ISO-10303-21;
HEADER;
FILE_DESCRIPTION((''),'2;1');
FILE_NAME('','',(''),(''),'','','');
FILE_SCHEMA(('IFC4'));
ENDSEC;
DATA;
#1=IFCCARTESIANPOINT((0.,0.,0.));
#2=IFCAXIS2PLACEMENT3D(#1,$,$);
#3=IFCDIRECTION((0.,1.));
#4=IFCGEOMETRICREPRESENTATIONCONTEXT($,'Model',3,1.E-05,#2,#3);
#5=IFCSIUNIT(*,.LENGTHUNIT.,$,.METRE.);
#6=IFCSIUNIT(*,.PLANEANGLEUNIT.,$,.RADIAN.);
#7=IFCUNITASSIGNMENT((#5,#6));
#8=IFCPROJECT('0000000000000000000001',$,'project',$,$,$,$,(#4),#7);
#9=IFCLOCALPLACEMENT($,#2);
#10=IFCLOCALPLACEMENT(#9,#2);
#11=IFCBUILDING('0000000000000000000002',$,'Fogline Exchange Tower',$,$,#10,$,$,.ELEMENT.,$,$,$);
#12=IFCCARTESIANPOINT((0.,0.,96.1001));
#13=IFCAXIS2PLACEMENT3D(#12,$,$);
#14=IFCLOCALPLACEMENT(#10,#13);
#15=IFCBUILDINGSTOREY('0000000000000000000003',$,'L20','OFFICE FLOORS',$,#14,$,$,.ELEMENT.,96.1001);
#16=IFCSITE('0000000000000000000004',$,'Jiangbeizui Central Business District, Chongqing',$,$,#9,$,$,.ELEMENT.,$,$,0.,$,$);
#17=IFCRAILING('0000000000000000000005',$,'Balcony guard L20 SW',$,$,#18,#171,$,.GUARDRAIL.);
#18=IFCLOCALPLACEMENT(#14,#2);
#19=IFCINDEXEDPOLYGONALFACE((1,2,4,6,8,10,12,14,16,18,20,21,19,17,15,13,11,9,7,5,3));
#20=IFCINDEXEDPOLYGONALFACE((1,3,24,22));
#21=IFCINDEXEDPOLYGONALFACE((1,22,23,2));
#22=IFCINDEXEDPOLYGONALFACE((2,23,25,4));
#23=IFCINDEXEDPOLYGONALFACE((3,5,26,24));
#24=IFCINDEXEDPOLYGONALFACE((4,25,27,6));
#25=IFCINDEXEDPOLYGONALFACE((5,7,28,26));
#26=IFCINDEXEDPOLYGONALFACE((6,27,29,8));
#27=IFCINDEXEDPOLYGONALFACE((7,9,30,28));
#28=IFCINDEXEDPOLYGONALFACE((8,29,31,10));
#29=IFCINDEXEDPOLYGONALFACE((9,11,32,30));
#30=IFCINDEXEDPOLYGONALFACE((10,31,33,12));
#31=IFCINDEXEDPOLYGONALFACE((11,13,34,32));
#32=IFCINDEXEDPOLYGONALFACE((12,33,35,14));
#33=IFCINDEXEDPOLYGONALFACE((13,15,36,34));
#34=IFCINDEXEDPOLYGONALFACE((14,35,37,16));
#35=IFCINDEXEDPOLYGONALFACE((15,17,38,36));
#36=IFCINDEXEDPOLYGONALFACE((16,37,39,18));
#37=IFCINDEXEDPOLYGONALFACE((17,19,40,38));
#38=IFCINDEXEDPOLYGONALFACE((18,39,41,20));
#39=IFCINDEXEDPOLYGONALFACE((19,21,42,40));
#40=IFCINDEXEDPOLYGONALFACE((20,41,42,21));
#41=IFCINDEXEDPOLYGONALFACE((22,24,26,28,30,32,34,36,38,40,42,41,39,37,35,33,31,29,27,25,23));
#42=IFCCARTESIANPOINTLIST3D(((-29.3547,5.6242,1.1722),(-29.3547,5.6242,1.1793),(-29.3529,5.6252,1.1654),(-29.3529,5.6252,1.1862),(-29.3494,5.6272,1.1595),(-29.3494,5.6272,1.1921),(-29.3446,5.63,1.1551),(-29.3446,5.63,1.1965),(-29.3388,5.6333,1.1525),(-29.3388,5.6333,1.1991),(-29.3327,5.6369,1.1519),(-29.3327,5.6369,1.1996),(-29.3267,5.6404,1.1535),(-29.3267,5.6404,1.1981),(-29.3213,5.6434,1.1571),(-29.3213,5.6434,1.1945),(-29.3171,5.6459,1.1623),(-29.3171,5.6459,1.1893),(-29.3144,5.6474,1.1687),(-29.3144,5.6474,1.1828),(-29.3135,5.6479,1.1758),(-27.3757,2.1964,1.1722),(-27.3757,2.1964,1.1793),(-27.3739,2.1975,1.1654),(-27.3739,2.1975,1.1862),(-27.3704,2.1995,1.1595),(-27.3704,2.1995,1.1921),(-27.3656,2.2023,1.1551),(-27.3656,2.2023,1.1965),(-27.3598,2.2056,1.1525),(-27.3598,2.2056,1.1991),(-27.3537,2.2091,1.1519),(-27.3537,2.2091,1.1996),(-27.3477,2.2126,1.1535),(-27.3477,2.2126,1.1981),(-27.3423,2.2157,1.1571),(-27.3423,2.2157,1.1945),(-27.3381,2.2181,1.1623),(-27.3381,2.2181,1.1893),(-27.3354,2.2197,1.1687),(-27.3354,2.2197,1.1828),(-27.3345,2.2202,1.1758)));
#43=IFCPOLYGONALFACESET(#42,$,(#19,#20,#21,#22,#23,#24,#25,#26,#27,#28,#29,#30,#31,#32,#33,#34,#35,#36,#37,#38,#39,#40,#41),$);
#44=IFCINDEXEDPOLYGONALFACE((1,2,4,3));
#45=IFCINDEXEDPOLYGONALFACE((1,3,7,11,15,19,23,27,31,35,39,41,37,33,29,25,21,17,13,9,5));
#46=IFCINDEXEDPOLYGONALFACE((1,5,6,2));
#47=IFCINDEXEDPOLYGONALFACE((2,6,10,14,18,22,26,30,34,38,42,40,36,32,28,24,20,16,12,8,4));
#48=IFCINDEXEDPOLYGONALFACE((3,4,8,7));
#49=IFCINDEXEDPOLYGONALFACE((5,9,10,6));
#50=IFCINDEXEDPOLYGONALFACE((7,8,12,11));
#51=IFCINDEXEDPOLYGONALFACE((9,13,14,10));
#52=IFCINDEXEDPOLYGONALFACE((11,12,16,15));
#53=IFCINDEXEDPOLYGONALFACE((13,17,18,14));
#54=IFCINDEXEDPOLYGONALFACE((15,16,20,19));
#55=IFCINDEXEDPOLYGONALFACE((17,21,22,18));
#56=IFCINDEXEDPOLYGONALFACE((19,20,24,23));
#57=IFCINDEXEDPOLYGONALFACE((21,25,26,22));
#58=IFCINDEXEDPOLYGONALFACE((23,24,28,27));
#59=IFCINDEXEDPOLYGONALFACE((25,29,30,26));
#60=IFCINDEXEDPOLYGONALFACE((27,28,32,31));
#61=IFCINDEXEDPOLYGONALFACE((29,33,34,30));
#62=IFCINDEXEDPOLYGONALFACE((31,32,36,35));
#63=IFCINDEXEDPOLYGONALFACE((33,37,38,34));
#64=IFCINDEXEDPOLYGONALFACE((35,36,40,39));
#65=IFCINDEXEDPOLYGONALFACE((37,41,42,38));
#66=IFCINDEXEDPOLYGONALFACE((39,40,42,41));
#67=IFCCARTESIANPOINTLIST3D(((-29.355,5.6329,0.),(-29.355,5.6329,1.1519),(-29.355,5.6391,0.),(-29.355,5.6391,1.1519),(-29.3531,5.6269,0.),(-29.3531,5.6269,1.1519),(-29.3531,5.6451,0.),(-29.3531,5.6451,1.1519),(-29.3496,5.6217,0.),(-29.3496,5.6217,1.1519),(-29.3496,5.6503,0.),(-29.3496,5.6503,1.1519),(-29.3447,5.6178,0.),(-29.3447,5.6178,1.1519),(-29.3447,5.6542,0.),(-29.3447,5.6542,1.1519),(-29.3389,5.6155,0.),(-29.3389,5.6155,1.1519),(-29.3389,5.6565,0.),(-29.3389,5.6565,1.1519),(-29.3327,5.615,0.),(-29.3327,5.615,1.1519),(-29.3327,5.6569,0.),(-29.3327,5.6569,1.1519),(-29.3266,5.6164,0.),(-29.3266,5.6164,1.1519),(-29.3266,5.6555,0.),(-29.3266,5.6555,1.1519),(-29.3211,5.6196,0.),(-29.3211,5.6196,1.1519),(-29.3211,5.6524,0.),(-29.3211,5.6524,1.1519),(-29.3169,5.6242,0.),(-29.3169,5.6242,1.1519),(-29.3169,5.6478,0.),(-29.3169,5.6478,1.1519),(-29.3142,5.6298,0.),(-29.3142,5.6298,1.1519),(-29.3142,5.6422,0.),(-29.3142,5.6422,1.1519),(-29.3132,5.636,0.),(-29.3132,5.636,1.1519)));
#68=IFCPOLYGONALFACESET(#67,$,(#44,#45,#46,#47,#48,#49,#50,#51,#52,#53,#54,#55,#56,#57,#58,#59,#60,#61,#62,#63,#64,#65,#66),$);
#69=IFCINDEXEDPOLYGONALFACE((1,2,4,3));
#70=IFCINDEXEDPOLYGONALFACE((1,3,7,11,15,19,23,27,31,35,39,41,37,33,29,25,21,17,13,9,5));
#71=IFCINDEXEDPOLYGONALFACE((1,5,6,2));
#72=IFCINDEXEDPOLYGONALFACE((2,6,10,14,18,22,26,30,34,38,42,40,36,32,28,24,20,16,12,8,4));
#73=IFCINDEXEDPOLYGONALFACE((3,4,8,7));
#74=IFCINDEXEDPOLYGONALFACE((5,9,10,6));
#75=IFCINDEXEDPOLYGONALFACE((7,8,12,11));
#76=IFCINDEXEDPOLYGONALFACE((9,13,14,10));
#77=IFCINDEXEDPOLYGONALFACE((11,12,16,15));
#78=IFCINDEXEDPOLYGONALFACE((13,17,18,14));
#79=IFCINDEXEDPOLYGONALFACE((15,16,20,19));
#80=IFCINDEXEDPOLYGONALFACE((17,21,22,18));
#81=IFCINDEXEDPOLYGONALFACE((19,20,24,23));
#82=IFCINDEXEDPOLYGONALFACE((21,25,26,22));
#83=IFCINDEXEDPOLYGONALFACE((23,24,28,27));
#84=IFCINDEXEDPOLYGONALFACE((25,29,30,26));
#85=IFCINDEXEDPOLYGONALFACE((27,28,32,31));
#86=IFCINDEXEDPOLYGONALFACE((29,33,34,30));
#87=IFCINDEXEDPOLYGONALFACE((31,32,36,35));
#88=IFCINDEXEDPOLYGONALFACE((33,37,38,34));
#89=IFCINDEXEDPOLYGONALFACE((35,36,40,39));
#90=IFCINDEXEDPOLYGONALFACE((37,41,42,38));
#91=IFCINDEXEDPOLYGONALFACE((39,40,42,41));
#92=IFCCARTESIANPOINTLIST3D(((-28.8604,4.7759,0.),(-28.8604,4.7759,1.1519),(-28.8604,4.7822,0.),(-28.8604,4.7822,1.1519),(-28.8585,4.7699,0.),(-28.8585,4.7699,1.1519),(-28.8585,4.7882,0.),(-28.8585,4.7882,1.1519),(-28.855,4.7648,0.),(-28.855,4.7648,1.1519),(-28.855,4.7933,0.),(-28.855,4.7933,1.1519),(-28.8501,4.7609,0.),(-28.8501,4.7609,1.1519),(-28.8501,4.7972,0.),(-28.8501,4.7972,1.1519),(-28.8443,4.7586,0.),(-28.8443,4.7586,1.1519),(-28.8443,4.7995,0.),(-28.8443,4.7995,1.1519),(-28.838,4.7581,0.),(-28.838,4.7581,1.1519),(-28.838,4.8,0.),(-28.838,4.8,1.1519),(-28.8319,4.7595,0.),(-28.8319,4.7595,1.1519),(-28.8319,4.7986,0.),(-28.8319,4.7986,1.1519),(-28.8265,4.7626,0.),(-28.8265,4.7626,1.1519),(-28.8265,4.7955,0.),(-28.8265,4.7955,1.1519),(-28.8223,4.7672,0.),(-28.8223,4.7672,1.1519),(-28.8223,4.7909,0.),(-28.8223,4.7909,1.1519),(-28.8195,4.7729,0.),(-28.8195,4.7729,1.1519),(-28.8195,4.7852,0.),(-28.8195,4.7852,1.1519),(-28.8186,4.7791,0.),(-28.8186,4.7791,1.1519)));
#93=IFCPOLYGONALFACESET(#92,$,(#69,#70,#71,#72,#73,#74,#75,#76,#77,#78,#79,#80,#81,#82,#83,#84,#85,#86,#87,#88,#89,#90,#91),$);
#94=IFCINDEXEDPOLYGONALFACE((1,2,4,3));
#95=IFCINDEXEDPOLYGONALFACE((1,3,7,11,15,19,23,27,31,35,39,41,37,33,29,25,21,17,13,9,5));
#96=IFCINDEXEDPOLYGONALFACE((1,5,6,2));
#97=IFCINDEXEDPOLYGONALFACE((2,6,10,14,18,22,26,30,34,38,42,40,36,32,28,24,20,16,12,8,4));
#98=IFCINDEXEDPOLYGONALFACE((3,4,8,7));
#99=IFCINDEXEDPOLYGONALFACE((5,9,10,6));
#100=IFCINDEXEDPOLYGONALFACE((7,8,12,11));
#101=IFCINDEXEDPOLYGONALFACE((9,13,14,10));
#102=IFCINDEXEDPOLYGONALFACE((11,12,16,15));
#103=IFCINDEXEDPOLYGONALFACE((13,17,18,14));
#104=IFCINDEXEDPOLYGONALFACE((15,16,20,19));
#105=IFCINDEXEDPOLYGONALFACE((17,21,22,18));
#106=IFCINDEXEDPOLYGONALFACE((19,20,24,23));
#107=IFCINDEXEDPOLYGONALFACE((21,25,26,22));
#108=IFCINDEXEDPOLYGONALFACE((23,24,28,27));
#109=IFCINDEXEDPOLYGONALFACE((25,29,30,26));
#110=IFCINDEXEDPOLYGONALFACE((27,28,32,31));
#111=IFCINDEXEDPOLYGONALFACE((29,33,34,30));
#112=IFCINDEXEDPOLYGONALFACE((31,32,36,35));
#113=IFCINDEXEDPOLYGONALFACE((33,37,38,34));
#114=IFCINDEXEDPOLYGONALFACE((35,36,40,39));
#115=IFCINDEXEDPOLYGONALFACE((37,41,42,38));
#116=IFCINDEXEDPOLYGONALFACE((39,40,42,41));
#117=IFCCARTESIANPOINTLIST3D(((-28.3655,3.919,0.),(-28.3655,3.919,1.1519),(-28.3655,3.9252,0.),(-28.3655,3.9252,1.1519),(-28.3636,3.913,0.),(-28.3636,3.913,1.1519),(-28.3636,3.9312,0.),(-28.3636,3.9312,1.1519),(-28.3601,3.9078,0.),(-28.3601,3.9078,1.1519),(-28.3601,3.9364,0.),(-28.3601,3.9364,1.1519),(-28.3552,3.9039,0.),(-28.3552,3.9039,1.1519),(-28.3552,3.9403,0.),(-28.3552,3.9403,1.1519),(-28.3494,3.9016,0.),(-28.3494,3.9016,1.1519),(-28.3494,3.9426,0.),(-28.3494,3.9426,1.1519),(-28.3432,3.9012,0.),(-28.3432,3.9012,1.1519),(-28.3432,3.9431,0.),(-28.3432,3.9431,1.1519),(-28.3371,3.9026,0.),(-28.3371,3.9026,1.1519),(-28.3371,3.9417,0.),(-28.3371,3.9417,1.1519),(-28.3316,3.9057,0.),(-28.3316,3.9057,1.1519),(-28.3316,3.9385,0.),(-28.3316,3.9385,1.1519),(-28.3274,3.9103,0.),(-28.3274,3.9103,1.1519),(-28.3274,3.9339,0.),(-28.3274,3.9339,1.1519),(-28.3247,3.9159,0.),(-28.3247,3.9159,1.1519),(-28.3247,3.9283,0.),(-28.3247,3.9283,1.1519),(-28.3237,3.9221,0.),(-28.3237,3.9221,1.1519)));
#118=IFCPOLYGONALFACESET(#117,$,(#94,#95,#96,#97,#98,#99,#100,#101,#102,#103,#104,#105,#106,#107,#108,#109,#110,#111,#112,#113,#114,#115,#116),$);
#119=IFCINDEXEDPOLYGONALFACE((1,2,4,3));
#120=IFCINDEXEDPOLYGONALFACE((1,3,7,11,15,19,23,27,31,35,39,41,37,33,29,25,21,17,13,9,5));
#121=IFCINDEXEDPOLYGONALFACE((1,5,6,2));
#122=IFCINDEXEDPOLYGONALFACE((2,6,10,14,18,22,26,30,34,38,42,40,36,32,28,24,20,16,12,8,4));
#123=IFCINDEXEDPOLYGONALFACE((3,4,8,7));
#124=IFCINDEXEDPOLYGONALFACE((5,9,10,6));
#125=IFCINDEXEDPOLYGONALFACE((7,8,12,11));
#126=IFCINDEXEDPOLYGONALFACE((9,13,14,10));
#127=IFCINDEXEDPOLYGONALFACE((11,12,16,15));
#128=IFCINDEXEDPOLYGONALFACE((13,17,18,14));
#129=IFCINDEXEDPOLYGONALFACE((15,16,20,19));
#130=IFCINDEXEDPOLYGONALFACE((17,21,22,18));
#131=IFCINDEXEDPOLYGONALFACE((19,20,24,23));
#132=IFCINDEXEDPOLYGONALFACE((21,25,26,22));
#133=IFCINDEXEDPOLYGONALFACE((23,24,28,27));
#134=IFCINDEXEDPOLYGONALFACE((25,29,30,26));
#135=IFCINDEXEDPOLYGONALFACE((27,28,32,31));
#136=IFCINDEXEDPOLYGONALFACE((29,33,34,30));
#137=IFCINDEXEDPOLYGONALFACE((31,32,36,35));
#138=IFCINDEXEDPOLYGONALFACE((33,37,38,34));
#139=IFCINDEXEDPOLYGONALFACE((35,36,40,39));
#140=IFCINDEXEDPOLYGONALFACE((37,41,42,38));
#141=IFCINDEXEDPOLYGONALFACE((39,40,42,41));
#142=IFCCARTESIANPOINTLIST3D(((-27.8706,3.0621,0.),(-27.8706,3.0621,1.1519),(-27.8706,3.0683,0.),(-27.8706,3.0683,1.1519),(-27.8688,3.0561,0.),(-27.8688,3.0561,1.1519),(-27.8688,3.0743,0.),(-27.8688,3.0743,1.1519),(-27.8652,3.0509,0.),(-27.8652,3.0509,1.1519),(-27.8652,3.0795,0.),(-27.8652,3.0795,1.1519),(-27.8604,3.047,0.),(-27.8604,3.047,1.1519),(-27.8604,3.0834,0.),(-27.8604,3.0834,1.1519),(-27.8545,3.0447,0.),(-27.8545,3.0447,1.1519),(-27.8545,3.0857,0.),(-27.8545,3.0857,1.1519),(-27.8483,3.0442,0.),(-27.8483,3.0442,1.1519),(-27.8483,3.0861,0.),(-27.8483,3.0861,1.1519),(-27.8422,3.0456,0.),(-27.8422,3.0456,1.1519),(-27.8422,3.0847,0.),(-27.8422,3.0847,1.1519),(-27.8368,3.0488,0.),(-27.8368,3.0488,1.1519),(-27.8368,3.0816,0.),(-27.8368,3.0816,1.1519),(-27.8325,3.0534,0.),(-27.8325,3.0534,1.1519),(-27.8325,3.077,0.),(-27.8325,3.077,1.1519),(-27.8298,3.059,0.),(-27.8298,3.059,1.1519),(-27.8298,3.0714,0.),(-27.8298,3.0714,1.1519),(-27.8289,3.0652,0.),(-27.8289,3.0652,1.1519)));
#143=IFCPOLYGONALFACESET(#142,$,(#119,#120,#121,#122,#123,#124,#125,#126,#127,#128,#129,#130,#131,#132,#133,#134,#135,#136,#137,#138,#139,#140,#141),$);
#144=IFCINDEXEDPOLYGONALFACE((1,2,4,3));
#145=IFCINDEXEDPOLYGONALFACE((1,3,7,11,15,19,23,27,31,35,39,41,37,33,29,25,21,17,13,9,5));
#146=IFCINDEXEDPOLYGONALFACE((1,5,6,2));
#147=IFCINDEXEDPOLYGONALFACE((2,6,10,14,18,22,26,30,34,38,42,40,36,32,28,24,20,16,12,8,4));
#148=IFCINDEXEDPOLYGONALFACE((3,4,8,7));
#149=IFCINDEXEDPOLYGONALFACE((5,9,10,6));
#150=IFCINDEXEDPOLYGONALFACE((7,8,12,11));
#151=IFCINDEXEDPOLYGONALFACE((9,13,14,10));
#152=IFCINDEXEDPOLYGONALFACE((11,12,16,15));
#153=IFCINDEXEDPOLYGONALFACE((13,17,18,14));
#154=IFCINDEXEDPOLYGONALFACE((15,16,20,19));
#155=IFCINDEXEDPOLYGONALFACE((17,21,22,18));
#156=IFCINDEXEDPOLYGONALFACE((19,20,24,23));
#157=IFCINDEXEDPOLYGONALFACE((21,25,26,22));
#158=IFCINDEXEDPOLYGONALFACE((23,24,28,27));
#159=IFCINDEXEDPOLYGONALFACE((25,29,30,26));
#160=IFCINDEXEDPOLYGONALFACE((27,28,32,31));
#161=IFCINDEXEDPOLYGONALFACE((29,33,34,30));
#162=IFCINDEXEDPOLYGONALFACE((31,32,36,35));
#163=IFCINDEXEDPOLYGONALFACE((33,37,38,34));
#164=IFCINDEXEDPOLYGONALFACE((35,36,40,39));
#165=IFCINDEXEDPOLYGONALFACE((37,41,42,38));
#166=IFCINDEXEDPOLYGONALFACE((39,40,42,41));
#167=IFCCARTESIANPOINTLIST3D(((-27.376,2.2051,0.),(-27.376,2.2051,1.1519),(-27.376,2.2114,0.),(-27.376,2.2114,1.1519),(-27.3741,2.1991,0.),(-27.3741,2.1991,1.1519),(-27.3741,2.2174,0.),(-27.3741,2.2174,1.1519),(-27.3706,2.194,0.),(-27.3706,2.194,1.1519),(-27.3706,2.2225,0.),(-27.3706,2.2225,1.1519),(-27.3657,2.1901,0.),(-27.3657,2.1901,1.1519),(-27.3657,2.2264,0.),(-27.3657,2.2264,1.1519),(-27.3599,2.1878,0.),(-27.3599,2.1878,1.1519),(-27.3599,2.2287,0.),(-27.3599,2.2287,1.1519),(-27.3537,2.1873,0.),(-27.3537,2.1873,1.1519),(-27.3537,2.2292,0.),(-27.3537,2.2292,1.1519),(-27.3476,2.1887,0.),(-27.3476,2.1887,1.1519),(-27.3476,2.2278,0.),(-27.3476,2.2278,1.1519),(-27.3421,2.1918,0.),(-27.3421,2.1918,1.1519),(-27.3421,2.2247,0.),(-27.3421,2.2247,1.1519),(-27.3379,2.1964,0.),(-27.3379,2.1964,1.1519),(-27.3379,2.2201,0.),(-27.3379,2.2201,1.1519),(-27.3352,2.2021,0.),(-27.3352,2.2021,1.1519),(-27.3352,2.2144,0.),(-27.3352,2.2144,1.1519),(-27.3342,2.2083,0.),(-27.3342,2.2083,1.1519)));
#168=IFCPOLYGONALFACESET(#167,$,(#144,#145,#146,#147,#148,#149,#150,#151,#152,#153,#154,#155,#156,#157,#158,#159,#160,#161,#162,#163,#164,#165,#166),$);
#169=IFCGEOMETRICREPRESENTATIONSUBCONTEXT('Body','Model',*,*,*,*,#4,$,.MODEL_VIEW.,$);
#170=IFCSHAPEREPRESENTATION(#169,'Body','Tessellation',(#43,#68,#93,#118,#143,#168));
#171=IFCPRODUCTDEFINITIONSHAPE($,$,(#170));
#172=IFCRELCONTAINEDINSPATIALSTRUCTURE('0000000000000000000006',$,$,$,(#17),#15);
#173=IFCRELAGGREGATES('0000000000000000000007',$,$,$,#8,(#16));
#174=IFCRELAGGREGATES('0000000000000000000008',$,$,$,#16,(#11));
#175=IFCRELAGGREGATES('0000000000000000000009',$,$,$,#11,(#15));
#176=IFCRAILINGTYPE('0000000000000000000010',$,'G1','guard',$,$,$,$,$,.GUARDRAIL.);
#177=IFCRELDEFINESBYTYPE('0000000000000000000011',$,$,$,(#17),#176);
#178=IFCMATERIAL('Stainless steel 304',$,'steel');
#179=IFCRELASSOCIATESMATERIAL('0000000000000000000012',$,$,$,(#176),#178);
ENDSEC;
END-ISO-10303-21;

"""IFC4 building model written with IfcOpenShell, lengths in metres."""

from ifc_helpers import new_model, si_unit, direction, frame, origin, origin_2d, place, context, subcontext, project, spatial, circle, extrude, material, type_object, element, save


model = new_model("IFC4")

# Units and contexts
model_context = context("Model", 3, precision=1e-05, world=origin(), true_north=direction((0.0, 1.0)))
body_context = subcontext(model_context, "Body", "Model", "MODEL_VIEW")
ifc_project = project(units=[si_unit("LENGTHUNIT", "METRE"), si_unit("PLANEANGLEUNIT", "RADIAN")], contexts=[model_context])

# Site, building, storey
site_placement = place(None, origin())
site = spatial("IfcSite", under=ifc_project, at=site_placement, Name="Jiangbeizui Central Business District, Chongqing", CompositionType="ELEMENT", RefElevation=0.0)
building_placement = place(site_placement, origin())
building = spatial("IfcBuilding", under=site, at=building_placement, Name="Fogline Exchange Tower", CompositionType="ELEMENT")
storey_placement = place(building_placement, frame((0.0, 0.0, 96.1001)))
storey = spatial("IfcBuildingStorey", under=building, at=storey_placement, Name="L20", Description="OFFICE FLOORS", CompositionType="ELEMENT", Elevation=96.1001)

# Railing
ifc_material_1 = material(Name="Stainless steel 304", Category="steel")
railing_type = type_object("IfcRailingType", Name="G1", Description="guard", PredefinedType="GUARDRAIL", material=ifc_material_1)
railing_placement = place(storey_placement, frame((-29.3342, 5.636, 0.0)))
element("IfcRailing", 1, at=railing_placement, inside=storey, type_object=railing_type, Name="Balcony guard L20 SW", PredefinedType="GUARDRAIL", context=body_context, shape_type="SweptSolid", body=[
    extrude(circle(Radius=0.0239, at=origin_2d()), frame((0.0, 0.0, 1.1758), z_axis=(0.5, -0.866025, 0.0), x_axis=(0.866025, 0.5, 0.0)), (0.0, 0.0, 1.0), 3.958),
    extrude(circle(Radius=0.021, at=origin_2d()), origin(), (0.0, 0.0, 1.0), 1.1519),
    extrude(circle(Radius=0.021, at=origin_2d()), frame((0.4946, -0.8569, 0.0)), (0.0, 0.0, 1.0), 1.1519),
    extrude(circle(Radius=0.021, at=origin_2d()), frame((0.9895, -1.7139, 0.0)), (0.0, 0.0, 1.0), 1.1519),
    extrude(circle(Radius=0.021, at=origin_2d()), frame((1.4844, -2.5708, 0.0)), (0.0, 0.0, 1.0), 1.1519),
    extrude(circle(Radius=0.021, at=origin_2d()), frame((1.979, -3.4277, 0.0)), (0.0, 0.0, 1.0), 1.1519),
])

save(model, "model.ifc")
